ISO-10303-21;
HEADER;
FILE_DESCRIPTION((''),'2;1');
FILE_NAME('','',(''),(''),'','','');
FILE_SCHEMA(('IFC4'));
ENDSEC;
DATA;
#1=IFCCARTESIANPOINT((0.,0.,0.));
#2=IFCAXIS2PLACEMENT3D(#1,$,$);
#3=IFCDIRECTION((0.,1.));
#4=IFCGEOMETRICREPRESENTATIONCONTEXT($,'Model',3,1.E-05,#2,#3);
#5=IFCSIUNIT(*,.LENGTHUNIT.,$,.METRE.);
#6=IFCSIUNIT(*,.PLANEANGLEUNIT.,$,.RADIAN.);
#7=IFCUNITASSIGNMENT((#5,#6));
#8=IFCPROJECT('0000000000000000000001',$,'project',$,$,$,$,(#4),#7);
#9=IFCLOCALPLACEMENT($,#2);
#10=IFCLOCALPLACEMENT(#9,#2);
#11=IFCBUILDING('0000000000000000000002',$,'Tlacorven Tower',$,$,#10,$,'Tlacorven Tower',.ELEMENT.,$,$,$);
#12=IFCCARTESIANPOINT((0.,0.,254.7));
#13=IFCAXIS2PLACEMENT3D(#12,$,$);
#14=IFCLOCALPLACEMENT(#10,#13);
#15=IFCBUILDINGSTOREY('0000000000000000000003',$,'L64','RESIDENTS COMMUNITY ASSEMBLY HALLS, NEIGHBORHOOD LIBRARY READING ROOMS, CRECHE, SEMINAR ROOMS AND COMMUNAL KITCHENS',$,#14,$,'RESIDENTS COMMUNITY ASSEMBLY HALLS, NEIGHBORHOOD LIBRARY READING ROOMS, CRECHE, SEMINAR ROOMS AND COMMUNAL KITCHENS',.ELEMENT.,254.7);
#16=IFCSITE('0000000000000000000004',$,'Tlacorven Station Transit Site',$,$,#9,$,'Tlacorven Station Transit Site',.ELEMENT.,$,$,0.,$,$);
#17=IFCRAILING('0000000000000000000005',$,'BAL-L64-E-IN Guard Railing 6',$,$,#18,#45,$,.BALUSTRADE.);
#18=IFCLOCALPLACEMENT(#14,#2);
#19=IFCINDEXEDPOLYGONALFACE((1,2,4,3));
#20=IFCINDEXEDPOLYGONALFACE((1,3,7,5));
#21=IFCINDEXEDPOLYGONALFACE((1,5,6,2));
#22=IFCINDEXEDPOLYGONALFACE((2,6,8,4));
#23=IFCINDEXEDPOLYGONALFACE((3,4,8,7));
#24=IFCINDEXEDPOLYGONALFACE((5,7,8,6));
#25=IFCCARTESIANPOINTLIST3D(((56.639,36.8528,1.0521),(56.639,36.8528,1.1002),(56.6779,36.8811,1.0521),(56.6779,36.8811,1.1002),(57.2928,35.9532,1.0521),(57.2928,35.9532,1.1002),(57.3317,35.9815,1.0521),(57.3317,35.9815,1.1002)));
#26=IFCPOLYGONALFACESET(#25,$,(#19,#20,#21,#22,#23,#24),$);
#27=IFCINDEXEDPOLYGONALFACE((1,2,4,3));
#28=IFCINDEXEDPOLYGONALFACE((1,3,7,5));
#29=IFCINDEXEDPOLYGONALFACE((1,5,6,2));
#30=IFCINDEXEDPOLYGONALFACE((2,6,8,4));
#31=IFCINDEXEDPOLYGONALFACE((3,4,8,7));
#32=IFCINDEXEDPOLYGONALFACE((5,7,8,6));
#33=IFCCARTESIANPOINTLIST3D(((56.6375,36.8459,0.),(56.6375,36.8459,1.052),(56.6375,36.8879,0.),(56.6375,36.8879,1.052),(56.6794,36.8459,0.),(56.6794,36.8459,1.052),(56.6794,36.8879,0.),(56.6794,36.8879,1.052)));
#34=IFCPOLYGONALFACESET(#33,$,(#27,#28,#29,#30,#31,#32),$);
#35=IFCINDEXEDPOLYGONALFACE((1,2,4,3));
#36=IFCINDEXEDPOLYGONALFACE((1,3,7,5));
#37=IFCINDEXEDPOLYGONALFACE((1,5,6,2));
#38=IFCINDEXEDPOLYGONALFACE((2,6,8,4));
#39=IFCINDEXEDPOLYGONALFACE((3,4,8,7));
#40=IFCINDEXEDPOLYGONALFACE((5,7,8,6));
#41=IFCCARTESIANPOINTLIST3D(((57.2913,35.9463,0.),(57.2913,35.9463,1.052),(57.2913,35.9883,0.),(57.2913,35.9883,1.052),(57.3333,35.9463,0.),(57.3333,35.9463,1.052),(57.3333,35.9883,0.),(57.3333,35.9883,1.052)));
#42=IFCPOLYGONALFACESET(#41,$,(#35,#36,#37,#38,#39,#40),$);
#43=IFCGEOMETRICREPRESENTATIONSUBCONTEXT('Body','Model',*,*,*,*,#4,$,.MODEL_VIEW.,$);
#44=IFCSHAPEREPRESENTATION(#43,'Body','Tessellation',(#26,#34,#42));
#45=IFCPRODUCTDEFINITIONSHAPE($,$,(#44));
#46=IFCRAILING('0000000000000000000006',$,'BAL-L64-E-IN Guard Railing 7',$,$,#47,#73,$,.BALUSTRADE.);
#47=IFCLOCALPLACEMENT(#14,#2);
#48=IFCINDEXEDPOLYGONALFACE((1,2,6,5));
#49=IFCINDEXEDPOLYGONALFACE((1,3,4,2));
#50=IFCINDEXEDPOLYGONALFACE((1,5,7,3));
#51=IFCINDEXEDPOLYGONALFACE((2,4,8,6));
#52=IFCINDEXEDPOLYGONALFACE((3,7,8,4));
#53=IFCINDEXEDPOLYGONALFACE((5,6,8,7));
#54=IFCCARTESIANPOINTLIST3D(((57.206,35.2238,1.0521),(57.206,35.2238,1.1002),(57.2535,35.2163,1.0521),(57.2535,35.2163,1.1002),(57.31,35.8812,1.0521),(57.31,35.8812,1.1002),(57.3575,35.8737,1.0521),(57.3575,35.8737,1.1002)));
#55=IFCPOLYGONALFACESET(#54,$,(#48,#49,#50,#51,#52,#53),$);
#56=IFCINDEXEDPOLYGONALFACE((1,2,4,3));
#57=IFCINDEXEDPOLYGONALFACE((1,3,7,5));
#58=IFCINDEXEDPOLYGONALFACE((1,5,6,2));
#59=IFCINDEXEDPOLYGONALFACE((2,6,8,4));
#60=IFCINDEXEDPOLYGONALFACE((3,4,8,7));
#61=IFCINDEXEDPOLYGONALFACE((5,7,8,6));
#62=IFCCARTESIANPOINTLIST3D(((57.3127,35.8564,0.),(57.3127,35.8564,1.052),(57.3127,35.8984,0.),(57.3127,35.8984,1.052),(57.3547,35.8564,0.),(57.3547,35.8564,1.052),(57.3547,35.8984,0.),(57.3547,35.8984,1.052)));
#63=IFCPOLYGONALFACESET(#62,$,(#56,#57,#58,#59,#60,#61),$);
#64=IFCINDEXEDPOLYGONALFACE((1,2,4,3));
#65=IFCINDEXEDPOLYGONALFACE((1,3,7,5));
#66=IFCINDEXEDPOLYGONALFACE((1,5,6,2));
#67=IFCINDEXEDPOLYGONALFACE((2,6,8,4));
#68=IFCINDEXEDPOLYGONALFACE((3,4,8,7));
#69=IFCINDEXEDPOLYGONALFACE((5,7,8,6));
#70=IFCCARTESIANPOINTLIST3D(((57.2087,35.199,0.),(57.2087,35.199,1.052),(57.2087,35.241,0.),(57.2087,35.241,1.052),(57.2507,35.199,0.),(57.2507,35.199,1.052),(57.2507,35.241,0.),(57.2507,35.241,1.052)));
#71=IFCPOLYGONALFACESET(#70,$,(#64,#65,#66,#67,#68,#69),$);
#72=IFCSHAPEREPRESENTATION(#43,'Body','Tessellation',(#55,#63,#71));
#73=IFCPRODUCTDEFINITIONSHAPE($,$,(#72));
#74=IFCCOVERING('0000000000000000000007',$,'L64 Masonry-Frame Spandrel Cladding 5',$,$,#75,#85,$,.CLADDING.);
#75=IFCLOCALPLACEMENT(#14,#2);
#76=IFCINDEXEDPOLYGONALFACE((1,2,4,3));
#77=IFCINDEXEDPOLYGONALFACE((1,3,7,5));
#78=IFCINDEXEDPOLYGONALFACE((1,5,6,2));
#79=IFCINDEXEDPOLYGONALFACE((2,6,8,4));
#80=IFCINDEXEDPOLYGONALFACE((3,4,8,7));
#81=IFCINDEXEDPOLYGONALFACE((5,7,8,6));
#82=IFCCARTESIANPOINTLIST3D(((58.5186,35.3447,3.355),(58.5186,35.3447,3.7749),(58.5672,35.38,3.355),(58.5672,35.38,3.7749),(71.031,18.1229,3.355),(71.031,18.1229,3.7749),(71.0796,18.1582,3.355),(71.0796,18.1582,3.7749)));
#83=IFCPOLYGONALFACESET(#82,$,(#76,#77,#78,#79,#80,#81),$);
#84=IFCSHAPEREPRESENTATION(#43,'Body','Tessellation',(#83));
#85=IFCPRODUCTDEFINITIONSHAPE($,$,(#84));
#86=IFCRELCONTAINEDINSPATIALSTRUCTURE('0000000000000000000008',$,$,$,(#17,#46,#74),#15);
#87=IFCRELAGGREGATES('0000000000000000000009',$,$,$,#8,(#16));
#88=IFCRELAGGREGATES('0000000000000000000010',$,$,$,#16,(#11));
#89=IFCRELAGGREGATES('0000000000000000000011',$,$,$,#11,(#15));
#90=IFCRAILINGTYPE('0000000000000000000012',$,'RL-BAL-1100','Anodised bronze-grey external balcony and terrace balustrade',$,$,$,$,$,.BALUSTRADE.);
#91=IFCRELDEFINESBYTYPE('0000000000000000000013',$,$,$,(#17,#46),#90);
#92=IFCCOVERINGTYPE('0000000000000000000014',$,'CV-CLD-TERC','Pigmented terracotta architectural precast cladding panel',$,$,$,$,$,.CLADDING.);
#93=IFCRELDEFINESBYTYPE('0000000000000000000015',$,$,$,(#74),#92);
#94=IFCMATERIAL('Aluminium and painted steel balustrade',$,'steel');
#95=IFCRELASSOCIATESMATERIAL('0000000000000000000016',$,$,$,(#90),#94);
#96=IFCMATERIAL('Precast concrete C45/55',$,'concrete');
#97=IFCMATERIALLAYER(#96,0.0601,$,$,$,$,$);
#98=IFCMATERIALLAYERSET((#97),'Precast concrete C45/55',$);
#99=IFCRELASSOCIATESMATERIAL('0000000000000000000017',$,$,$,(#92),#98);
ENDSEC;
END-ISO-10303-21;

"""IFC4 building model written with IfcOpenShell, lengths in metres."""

from ifc_helpers import new_model, si_unit, direction, frame, origin, origin_2d, place, context, subcontext, project, spatial, rectangle, extrude, source, transform, mapped, material, layer, layer_set, type_object, element, save


model = new_model("IFC4")

# Units and contexts
model_context = context("Model", 3, precision=1e-05, world=origin(), true_north=direction((0.0, 1.0)))
body_context = subcontext(model_context, "Body", "Model", "MODEL_VIEW")
ifc_project = project(units=[si_unit("LENGTHUNIT", "METRE"), si_unit("PLANEANGLEUNIT", "RADIAN")], contexts=[model_context])

# Site, building, storey
site_placement = place(None, origin())
site = spatial("IfcSite", under=ifc_project, at=site_placement, Name="Tlacorven Station Transit Site", LongName="Tlacorven Station Transit Site", CompositionType="ELEMENT", RefElevation=0.0)
building_placement = place(site_placement, origin())
building = spatial("IfcBuilding", under=site, at=building_placement, Name="Tlacorven Tower", LongName="Tlacorven Tower", CompositionType="ELEMENT")
storey_placement = place(building_placement, frame((0.0, 0.0, 254.7)))
storey = spatial("IfcBuildingStorey", under=building, at=storey_placement, Name="L64", Description="RESIDENTS COMMUNITY ASSEMBLY HALLS, NEIGHBORHOOD LIBRARY READING ROOMS, CRECHE, SEMINAR ROOMS AND COMMUNAL KITCHENS", LongName="RESIDENTS COMMUNITY ASSEMBLY HALLS, NEIGHBORHOOD LIBRARY READING ROOMS, CRECHE, SEMINAR ROOMS AND COMMUNAL KITCHENS", CompositionType="ELEMENT", Elevation=254.7)

# Shared definitions
ifc_material_1 = material(Name="Precast concrete C45/55", Category="concrete")

# Railings
ifc_material_2 = material(Name="Aluminium and painted steel balustrade", Category="steel")
railing_type = type_object("IfcRailingType", Name="RL-BAL-1100", Description="Anodised bronze-grey external balcony and terrace balustrade", PredefinedType="BALUSTRADE", material=ifc_material_2)
shared_shape_1 = source(origin(), body_context, "Body", "SweptSolid", [
    extrude(rectangle(XDim=0.0481, YDim=0.0481, at=origin_2d()), frame((0.0, 0.0, 1.0762), z_axis=(0.587884, -0.808945, 0.0), x_axis=(0.808945, 0.587884, 0.0)), (0.0, 0.0, 1.0), 1.1121),
    extrude(rectangle(XDim=0.042, YDim=0.042, at=origin_2d()), origin(), (0.0, 0.0, 1.0), 1.052),
    extrude(rectangle(XDim=0.042, YDim=0.042, at=origin_2d()), frame((0.6538, -0.8997, 0.0)), (0.0, 0.0, 1.0), 1.052),
])
railing_1_placement = place(storey_placement, frame((56.6584, 36.8669, 0.0)))
element("IfcRailing", 1, at=railing_1_placement, inside=storey, type_object=railing_type, Name="BAL-L64-E-IN Guard Railing 6", PredefinedType="BALUSTRADE", context=body_context, shape_type="MappedRepresentation", body=[
    mapped(shared_shape_1, transform((0.0, 0.0, 0.0), scale=1.0)),
])
shared_shape_2 = source(origin(), body_context, "Body", "SweptSolid", [
    extrude(rectangle(XDim=0.0481, YDim=0.0481, at=origin_2d()), frame((0.0, 0.0, 1.0762), z_axis=(-0.156245, -0.987718, 0.0), x_axis=(0.987718, -0.156245, 0.0)), (0.0, 0.0, 1.0), 0.6655),
    extrude(rectangle(XDim=0.042, YDim=0.042, at=origin_2d()), origin(), (0.0, 0.0, 1.0), 1.052),
    extrude(rectangle(XDim=0.042, YDim=0.042, at=origin_2d()), frame((-0.104, -0.6575, 0.0)), (0.0, 0.0, 1.0), 1.052),
])
railing_2_placement = place(storey_placement, frame((57.3337, 35.8774, 0.0)))
element("IfcRailing", 2, at=railing_2_placement, inside=storey, type_object=railing_type, Name="BAL-L64-E-IN Guard Railing 7", PredefinedType="BALUSTRADE", context=body_context, shape_type="MappedRepresentation", body=[
    mapped(shared_shape_2, transform((0.0, 0.0, 0.0), scale=1.0)),
])

# Covering
ifc_layer_1 = layer(ifc_material_1, 0.0601)
ifc_layer_set_1 = layer_set([ifc_layer_1], Name="Precast concrete C45/55")
covering_type = type_object("IfcCoveringType", Name="CV-CLD-TERC", Description="Pigmented terracotta architectural precast cladding panel", PredefinedType="CLADDING", material=ifc_layer_set_1)
shared_shape_3 = source(origin(), body_context, "Body", "SweptSolid", [
    extrude(rectangle(XDim=21.2874, YDim=0.0601, at=origin_2d()), origin(), (0.0, 0.0, 1.0), 0.4199),
])
covering_placement = place(storey_placement, frame((64.7991, 26.7515, 3.355), z_axis=(0.0, 0.0, 1.0), x_axis=(0.587785, -0.809017, 0.0)))
element("IfcCovering", 3, at=covering_placement, inside=storey, type_object=covering_type, Name="L64 Masonry-Frame Spandrel Cladding 5", PredefinedType="CLADDING", context=body_context, shape_type="MappedRepresentation", body=[
    mapped(shared_shape_3, transform((0.0, 0.0, 0.0), scale=1.0)),
])

save(model, "model.ifc")
